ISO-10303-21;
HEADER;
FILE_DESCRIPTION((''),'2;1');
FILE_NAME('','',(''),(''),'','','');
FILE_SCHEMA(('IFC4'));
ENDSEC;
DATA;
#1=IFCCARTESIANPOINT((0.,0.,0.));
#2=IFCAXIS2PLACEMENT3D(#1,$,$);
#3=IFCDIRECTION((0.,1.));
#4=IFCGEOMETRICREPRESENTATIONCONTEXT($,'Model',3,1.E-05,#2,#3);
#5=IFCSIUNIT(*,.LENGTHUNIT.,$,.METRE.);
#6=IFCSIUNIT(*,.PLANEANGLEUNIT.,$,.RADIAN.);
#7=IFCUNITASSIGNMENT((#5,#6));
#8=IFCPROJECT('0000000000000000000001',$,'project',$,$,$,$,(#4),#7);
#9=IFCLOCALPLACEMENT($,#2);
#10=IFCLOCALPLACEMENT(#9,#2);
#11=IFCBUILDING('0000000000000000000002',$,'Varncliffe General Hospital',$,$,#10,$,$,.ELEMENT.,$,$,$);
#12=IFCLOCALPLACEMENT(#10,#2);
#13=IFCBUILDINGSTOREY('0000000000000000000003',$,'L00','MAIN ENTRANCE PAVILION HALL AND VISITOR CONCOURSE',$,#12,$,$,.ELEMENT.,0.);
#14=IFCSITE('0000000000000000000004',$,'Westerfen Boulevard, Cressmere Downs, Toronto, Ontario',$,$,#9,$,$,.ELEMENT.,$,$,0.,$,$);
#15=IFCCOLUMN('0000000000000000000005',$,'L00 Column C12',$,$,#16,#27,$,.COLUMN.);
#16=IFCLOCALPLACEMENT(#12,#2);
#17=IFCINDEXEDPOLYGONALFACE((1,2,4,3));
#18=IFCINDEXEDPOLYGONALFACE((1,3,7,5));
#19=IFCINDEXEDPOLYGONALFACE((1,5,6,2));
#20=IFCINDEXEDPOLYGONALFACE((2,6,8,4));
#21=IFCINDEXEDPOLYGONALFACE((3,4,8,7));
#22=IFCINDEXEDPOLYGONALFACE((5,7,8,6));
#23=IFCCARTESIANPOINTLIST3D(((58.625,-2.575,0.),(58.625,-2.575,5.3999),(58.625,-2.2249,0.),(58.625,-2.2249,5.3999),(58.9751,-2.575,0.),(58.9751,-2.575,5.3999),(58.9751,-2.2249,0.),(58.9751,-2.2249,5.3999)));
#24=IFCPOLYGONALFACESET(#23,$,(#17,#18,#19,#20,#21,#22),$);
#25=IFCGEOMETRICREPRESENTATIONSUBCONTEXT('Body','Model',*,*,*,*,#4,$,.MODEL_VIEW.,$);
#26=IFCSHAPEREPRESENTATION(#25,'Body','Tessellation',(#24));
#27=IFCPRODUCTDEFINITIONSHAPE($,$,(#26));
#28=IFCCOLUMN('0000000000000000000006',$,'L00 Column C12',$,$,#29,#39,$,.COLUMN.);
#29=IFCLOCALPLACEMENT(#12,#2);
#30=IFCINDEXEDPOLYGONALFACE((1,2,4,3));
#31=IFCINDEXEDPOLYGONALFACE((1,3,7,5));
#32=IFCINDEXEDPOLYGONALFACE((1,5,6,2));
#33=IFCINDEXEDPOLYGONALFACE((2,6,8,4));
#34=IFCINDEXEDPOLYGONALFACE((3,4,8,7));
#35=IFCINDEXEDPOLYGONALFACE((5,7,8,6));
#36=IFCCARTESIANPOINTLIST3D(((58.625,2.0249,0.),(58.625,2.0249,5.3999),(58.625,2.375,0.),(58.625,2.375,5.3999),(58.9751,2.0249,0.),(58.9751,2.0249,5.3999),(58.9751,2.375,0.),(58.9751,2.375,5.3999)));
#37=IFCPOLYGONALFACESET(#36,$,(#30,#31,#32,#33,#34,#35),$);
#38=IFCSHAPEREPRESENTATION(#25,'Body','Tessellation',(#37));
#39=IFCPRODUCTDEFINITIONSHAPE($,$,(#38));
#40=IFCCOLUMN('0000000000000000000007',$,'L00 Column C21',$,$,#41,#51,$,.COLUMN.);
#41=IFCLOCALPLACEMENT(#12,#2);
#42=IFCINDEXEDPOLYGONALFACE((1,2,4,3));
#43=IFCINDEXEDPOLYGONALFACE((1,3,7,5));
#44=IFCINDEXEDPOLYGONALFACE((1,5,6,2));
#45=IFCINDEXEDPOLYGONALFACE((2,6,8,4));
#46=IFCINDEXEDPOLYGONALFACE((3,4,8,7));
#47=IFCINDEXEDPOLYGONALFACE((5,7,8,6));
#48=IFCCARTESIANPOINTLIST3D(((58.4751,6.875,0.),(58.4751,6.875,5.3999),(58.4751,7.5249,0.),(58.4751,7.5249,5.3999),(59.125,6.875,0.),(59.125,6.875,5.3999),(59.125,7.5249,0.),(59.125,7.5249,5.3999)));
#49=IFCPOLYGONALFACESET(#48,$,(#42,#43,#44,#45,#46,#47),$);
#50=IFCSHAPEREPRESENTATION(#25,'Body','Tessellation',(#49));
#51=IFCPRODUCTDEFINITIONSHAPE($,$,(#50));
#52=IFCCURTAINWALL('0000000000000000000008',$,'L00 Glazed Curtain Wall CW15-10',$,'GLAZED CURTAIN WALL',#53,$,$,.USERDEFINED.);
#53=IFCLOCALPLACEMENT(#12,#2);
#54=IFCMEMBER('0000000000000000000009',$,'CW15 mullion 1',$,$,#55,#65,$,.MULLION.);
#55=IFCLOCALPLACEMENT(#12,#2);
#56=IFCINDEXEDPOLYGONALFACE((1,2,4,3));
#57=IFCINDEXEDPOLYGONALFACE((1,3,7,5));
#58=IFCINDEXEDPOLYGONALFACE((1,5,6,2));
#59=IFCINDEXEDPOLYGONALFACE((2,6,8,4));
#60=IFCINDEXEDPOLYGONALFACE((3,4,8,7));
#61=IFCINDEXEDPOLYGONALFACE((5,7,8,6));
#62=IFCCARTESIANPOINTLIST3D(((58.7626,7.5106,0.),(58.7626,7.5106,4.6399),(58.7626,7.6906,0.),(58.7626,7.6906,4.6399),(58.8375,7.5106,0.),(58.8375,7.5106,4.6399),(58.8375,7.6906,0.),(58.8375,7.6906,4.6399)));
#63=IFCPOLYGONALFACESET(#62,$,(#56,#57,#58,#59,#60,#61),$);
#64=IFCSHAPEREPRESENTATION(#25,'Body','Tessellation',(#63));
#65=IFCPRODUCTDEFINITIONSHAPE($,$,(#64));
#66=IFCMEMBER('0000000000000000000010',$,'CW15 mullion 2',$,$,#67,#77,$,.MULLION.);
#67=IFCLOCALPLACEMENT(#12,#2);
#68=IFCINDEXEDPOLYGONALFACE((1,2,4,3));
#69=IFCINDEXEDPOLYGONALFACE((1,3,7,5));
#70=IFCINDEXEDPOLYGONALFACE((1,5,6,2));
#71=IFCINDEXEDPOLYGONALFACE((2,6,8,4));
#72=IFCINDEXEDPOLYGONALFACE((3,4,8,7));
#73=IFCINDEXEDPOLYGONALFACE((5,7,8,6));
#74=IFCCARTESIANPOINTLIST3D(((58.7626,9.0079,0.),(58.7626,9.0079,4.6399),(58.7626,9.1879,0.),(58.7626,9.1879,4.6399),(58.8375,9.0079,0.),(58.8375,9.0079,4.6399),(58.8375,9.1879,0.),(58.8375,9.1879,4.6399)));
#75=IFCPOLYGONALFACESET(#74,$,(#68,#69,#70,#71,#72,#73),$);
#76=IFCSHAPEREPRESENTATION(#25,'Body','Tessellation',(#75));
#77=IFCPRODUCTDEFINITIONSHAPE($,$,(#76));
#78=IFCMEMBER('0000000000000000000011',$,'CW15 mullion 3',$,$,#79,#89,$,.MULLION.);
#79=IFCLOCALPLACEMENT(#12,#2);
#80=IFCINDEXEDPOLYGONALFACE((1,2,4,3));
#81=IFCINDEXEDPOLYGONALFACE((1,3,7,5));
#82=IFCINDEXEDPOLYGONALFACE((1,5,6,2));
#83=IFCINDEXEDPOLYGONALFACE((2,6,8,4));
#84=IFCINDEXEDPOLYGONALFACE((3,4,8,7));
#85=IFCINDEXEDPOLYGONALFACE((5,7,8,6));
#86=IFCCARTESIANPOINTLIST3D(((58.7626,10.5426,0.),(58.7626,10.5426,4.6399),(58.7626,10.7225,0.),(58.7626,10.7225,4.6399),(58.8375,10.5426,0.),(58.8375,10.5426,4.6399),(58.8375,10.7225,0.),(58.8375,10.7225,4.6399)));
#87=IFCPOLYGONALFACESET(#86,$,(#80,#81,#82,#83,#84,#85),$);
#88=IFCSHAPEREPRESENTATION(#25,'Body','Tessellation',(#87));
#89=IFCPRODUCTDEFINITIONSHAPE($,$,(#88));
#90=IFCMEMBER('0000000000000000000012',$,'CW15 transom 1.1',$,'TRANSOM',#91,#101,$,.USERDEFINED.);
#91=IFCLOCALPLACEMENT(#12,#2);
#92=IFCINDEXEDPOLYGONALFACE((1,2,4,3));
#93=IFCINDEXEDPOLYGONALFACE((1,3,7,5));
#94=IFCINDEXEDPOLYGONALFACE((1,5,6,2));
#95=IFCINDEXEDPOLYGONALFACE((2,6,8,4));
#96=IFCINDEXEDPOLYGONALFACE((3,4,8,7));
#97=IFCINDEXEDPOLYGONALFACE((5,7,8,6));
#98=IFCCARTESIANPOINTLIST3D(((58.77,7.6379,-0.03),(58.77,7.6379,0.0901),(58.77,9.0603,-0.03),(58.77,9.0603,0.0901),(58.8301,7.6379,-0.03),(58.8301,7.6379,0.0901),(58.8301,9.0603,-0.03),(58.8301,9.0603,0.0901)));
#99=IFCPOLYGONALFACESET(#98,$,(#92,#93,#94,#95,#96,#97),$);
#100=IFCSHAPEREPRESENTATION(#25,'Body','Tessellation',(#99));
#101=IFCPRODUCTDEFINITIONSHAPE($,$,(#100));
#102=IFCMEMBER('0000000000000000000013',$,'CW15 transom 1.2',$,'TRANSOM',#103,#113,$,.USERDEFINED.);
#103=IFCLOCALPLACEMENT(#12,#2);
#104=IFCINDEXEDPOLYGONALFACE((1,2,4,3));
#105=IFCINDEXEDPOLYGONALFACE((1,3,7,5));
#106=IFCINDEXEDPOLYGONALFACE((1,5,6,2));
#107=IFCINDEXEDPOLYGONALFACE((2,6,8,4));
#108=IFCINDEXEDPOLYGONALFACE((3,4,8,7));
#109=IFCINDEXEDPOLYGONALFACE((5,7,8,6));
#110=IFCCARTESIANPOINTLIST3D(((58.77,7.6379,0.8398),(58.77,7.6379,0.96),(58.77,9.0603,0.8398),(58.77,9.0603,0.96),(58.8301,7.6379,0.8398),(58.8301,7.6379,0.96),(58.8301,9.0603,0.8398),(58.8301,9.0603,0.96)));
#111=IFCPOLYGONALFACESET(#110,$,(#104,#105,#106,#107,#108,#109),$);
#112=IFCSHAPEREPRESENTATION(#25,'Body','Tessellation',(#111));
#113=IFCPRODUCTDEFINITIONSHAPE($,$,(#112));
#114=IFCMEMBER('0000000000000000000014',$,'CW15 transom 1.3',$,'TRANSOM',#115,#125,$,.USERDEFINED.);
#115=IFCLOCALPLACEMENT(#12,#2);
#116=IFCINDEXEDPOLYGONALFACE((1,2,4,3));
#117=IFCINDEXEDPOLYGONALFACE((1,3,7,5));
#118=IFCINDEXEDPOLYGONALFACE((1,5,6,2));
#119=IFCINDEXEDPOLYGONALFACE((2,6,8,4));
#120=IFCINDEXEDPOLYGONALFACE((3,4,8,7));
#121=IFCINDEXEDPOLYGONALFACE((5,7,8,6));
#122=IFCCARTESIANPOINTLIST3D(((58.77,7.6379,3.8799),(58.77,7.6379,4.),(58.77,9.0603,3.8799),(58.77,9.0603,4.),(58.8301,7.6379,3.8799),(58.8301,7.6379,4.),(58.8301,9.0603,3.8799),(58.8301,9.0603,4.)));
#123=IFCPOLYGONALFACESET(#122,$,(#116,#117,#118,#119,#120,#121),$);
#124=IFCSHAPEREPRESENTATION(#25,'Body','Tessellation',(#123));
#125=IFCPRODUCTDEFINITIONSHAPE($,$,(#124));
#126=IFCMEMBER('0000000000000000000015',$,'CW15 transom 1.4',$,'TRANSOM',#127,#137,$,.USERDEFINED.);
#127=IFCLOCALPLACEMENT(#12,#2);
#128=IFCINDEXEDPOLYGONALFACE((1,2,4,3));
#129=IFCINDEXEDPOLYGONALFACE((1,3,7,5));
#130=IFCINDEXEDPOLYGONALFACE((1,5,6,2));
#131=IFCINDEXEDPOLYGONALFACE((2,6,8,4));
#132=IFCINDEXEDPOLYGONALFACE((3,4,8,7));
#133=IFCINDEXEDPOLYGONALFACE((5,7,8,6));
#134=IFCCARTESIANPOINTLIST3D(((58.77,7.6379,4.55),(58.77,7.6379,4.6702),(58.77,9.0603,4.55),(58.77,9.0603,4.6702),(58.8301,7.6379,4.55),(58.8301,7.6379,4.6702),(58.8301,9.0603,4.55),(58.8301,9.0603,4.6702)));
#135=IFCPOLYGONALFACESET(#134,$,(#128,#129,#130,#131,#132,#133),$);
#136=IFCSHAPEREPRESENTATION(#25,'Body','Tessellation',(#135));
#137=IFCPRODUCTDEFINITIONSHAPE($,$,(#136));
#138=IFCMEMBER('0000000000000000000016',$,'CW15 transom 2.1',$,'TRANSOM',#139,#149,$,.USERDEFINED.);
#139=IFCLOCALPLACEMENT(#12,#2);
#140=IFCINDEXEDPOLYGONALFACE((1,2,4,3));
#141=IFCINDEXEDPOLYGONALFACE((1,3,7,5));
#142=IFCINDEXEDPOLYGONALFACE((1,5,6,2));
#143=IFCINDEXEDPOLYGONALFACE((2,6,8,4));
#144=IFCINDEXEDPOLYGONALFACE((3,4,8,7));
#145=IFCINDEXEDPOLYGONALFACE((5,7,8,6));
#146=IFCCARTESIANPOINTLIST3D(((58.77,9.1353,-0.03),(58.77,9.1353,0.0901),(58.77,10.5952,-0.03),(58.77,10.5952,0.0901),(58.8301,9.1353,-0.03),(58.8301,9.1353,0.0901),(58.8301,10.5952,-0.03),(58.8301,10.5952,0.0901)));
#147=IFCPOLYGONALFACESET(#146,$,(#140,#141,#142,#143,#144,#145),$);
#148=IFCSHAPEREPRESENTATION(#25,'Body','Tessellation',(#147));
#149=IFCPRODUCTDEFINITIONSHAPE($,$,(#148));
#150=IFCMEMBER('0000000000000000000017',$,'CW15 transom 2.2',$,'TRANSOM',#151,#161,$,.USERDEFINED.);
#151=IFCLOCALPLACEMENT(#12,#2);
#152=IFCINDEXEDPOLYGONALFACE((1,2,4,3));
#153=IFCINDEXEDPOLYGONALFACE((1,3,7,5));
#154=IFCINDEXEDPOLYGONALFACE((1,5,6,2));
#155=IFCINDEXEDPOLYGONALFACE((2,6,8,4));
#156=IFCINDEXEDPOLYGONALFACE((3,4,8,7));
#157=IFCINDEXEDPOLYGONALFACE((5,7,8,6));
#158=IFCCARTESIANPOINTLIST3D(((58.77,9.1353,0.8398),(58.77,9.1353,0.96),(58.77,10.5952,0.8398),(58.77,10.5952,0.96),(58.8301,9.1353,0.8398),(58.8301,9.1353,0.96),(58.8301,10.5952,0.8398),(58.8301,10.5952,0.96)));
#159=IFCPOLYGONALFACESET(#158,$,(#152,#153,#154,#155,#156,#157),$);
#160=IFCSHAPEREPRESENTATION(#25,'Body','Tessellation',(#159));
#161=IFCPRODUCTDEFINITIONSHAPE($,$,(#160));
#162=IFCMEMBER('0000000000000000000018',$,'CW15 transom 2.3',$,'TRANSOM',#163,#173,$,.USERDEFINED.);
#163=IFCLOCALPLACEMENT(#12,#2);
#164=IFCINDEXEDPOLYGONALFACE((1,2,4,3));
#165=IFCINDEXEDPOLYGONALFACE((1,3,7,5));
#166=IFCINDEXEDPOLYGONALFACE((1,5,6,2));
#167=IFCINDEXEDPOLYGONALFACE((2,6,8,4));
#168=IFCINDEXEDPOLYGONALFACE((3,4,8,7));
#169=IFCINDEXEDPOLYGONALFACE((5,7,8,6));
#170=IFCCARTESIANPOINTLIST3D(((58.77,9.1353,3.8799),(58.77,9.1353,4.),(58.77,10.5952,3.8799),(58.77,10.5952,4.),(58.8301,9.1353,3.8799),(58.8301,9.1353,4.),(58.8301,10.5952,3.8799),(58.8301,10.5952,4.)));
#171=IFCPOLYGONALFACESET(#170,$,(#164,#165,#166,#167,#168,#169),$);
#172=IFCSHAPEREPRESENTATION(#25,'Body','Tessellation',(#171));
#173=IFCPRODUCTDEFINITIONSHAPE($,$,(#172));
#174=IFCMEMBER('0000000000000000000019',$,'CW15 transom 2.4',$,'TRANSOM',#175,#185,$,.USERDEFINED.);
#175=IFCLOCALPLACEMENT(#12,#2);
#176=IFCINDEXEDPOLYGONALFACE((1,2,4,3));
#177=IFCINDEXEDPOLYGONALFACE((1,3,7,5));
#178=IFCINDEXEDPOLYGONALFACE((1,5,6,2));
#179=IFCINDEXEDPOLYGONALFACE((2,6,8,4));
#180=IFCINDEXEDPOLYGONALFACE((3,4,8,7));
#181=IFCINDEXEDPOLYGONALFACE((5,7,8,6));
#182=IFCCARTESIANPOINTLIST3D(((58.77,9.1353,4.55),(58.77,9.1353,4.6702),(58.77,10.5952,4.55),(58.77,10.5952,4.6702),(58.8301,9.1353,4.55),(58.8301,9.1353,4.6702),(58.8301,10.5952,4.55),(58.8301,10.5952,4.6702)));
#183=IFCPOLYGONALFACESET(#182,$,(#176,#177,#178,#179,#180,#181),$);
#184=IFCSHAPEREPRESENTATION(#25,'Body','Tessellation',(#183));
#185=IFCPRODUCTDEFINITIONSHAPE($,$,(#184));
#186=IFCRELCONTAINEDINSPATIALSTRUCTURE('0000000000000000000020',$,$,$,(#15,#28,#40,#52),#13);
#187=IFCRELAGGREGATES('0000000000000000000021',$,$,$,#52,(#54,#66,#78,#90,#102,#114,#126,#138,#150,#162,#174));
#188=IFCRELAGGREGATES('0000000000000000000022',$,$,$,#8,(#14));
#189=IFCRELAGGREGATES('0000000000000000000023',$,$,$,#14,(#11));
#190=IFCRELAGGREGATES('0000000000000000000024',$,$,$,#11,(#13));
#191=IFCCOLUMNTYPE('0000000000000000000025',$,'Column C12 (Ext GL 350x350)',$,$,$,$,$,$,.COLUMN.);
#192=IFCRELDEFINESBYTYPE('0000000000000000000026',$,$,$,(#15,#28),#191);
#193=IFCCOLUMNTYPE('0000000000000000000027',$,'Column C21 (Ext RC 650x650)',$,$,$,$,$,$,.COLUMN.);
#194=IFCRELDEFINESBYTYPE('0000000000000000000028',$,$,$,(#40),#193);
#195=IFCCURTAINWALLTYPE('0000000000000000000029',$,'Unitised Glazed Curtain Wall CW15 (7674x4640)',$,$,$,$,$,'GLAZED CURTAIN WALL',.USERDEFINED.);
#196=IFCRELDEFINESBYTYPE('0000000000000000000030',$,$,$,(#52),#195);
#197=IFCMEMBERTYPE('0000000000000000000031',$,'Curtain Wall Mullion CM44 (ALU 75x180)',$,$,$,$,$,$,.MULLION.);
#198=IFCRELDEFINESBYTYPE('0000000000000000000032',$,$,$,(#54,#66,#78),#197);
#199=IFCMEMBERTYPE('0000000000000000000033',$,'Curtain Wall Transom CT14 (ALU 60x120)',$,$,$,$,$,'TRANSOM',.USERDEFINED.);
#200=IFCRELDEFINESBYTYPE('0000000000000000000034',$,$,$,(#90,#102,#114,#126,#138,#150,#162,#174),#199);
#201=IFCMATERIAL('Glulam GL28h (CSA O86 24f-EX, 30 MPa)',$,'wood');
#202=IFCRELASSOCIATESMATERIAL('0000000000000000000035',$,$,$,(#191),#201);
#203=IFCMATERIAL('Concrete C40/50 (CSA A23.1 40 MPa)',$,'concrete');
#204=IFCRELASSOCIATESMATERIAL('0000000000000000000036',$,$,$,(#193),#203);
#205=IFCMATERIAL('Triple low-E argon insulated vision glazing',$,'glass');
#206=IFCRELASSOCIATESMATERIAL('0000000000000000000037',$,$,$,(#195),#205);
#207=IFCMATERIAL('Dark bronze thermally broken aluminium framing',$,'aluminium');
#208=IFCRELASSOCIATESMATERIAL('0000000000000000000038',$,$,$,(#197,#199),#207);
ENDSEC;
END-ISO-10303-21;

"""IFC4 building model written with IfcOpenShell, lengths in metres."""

from ifc_helpers import new_model, si_unit, direction, frame, origin, origin_2d, place, context, subcontext, project, spatial, rectangle, extrude, material, material_profile, profile_set, type_object, element, aggregate, save


model = new_model("IFC4")

# Units and contexts
model_context = context("Model", 3, precision=1e-05, world=origin(), true_north=direction((0.0, 1.0)))
body_context = subcontext(model_context, "Body", "Model", "MODEL_VIEW")
ifc_project = project(units=[si_unit("LENGTHUNIT", "METRE"), si_unit("PLANEANGLEUNIT", "RADIAN")], contexts=[model_context])

# Site, building, storey
site_placement = place(None, origin())
site = spatial("IfcSite", under=ifc_project, at=site_placement, Name="Westerfen Boulevard, Cressmere Downs, Toronto, Ontario", CompositionType="ELEMENT", RefElevation=0.0)
building_placement = place(site_placement, origin())
building = spatial("IfcBuilding", under=site, at=building_placement, Name="Varncliffe General Hospital", CompositionType="ELEMENT")
storey_placement = place(building_placement, origin())
storey = spatial("IfcBuildingStorey", under=building, at=storey_placement, Name="L00", Description="MAIN ENTRANCE PAVILION HALL AND VISITOR CONCOURSE", CompositionType="ELEMENT", Elevation=0.0)

# Columns
ifc_material_1 = material(Name="Glulam GL28h (CSA O86 24f-EX, 30 MPa)", Category="wood")
ifc_material_profile_1 = material_profile(ifc_material_1, rectangle(XDim=0.3501, YDim=0.3501, at=origin_2d()), Name="GL 350x350")
ifc_profile_set_1 = profile_set([ifc_material_profile_1], Name="Glulam GL28h (CSA O86 24f-EX, 30 MPa)")
column_type_1 = type_object("IfcColumnType", Name="Column C12 (Ext GL 350x350)", PredefinedType="COLUMN", material=ifc_profile_set_1)
for number, where, z_axis, x_axis, name in (
    (1, (58.8, -2.3999, 0.0), (0.0, 0.0, 1.0), (1.0, 0.0, 0.0), "L00 Column C12"),
    (2, (58.8, 2.2, 0.0), (0.0, 0.0, 1.0), (1.0, 0.0, 0.0), "L00 Column C12"),
):
    element("IfcColumn", number, at=place(storey_placement, frame(where, z_axis=z_axis, x_axis=x_axis)), inside=storey, type_object=column_type_1, Name=name, PredefinedType="COLUMN", context=body_context, shape_type="SweptSolid", body=[
        extrude(rectangle(XDim=0.3501, YDim=0.3501, at=origin_2d()), origin(), (0.0, 0.0, 1.0), 5.3999),
    ])
ifc_material_2 = material(Name="Concrete C40/50 (CSA A23.1 40 MPa)", Category="concrete")
ifc_material_profile_2 = material_profile(ifc_material_2, rectangle(XDim=0.6499, YDim=0.6499, at=origin_2d()), Name="RC 650x650")
ifc_profile_set_2 = profile_set([ifc_material_profile_2], Name="Concrete C40/50 (CSA A23.1 40 MPa)")
column_type_2 = type_object("IfcColumnType", Name="Column C21 (Ext RC 650x650)", PredefinedType="COLUMN", material=ifc_profile_set_2)
column_placement = place(storey_placement, frame((58.8, 7.2, 0.0), z_axis=(0.0, 0.0, 1.0), x_axis=(1.0, 0.0, 0.0)))
element("IfcColumn", 3, at=column_placement, inside=storey, type_object=column_type_2, Name="L00 Column C21", PredefinedType="COLUMN", context=body_context, shape_type="SweptSolid", body=[
    extrude(rectangle(XDim=0.6499, YDim=0.6499, at=origin_2d()), origin(), (0.0, 0.0, 1.0), 5.3999),
])

# Curtain wall, members
ifc_material_3 = material(Name="Triple low-E argon insulated vision glazing", Category="glass")
curtain_wall_type = type_object("IfcCurtainWallType", Name="Unitised Glazed Curtain Wall CW15 (7674x4640)", ElementType="GLAZED CURTAIN WALL", PredefinedType="USERDEFINED", material=ifc_material_3)
curtain_wall_placement = place(storey_placement, origin())
curtain_wall = element("IfcCurtainWall", 4, at=curtain_wall_placement, inside=storey, type_object=curtain_wall_type, Name="L00 Glazed Curtain Wall CW15-10", ObjectType="GLAZED CURTAIN WALL", PredefinedType="USERDEFINED")
ifc_material_4 = material(Name="Dark bronze thermally broken aluminium framing", Category="aluminium")
ifc_material_profile_3 = material_profile(ifc_material_4, rectangle(XDim=0.075, YDim=0.1799, at=origin_2d()), Name="ALU 75x180")
ifc_profile_set_3 = profile_set([ifc_material_profile_3], Name="Dark bronze thermally broken aluminium framing")
member_type_1 = type_object("IfcMemberType", Name="Curtain Wall Mullion CM44 (ALU 75x180)", PredefinedType="MULLION", material=ifc_profile_set_3)
member_1_placement = place(storey_placement, frame((58.8, 7.6006, 0.0), z_axis=(0.0, 0.0, 1.0), x_axis=(-1.0, 0.0, 0.0)))
member_1 = element("IfcMember", 5, at=member_1_placement, type_object=member_type_1, Name="CW15 mullion 1", PredefinedType="MULLION", context=body_context, shape_type="SweptSolid", body=[
    extrude(rectangle(XDim=0.075, YDim=0.1799, at=origin_2d()), origin(), (0.0, 0.0, 1.0), 4.6399),
])
member_2_placement = place(storey_placement, frame((58.8, 9.0979, 0.0), z_axis=(0.0, 0.0, 1.0), x_axis=(-1.0, 0.0, 0.0)))
member_2 = element("IfcMember", 6, at=member_2_placement, type_object=member_type_1, Name="CW15 mullion 2", PredefinedType="MULLION", context=body_context, shape_type="SweptSolid", body=[
    extrude(rectangle(XDim=0.075, YDim=0.1799, at=origin_2d()), origin(), (0.0, 0.0, 1.0), 4.6399),
])
member_3_placement = place(storey_placement, frame((58.8, 10.6326, 0.0), z_axis=(0.0, 0.0, 1.0), x_axis=(-1.0, 0.0, 0.0)))
member_3 = element("IfcMember", 7, at=member_3_placement, type_object=member_type_1, Name="CW15 mullion 3", PredefinedType="MULLION", context=body_context, shape_type="SweptSolid", body=[
    extrude(rectangle(XDim=0.075, YDim=0.1799, at=origin_2d()), origin(), (0.0, 0.0, 1.0), 4.6399),
])
ifc_material_profile_4 = material_profile(ifc_material_4, rectangle(XDim=0.0601, YDim=0.1201, at=origin_2d()), Name="ALU 60x120")
ifc_profile_set_4 = profile_set([ifc_material_profile_4], Name="Dark bronze thermally broken aluminium framing")
member_type_2 = type_object("IfcMemberType", Name="Curtain Wall Transom CT14 (ALU 60x120)", ElementType="TRANSOM", PredefinedType="USERDEFINED", material=ifc_profile_set_4)
member_4_placement = place(storey_placement, frame((58.8, 7.6379, 0.03), z_axis=(0.0, 1.0, 0.0), x_axis=(-1.0, 0.0, 0.0)))
member_4 = element("IfcMember", 8, at=member_4_placement, type_object=member_type_2, Name="CW15 transom 1.1", ObjectType="TRANSOM", PredefinedType="USERDEFINED", context=body_context, shape_type="SweptSolid", body=[
    extrude(rectangle(XDim=0.0601, YDim=0.1201, at=origin_2d()), origin(), (0.0, 0.0, 1.0), 1.4224),
])
member_5_placement = place(storey_placement, frame((58.8, 7.6379, 0.8999), z_axis=(0.0, 1.0, 0.0), x_axis=(-1.0, 0.0, 0.0)))
member_5 = element("IfcMember", 9, at=member_5_placement, type_object=member_type_2, Name="CW15 transom 1.2", ObjectType="TRANSOM", PredefinedType="USERDEFINED", context=body_context, shape_type="SweptSolid", body=[
    extrude(rectangle(XDim=0.0601, YDim=0.1201, at=origin_2d()), origin(), (0.0, 0.0, 1.0), 1.4224),
])
member_6_placement = place(storey_placement, frame((58.8, 7.6379, 3.9399), z_axis=(0.0, 1.0, 0.0), x_axis=(-1.0, 0.0, 0.0)))
member_6 = element("IfcMember", 10, at=member_6_placement, type_object=member_type_2, Name="CW15 transom 1.3", ObjectType="TRANSOM", PredefinedType="USERDEFINED", context=body_context, shape_type="SweptSolid", body=[
    extrude(rectangle(XDim=0.0601, YDim=0.1201, at=origin_2d()), origin(), (0.0, 0.0, 1.0), 1.4224),
])
member_7_placement = place(storey_placement, frame((58.8, 7.6379, 4.6101), z_axis=(0.0, 1.0, 0.0), x_axis=(-1.0, 0.0, 0.0)))
member_7 = element("IfcMember", 11, at=member_7_placement, type_object=member_type_2, Name="CW15 transom 1.4", ObjectType="TRANSOM", PredefinedType="USERDEFINED", context=body_context, shape_type="SweptSolid", body=[
    extrude(rectangle(XDim=0.0601, YDim=0.1201, at=origin_2d()), origin(), (0.0, 0.0, 1.0), 1.4224),
])
member_8_placement = place(storey_placement, frame((58.8, 9.1353, 0.03), z_axis=(0.0, 1.0, 0.0), x_axis=(-1.0, 0.0, 0.0)))
member_8 = element("IfcMember", 12, at=member_8_placement, type_object=member_type_2, Name="CW15 transom 2.1", ObjectType="TRANSOM", PredefinedType="USERDEFINED", context=body_context, shape_type="SweptSolid", body=[
    extrude(rectangle(XDim=0.0601, YDim=0.1201, at=origin_2d()), origin(), (0.0, 0.0, 1.0), 1.46),
])
member_9_placement = place(storey_placement, frame((58.8, 9.1353, 0.8999), z_axis=(0.0, 1.0, 0.0), x_axis=(-1.0, 0.0, 0.0)))
member_9 = element("IfcMember", 13, at=member_9_placement, type_object=member_type_2, Name="CW15 transom 2.2", ObjectType="TRANSOM", PredefinedType="USERDEFINED", context=body_context, shape_type="SweptSolid", body=[
    extrude(rectangle(XDim=0.0601, YDim=0.1201, at=origin_2d()), origin(), (0.0, 0.0, 1.0), 1.46),
])
member_10_placement = place(storey_placement, frame((58.8, 9.1353, 3.9399), z_axis=(0.0, 1.0, 0.0), x_axis=(-1.0, 0.0, 0.0)))
member_10 = element("IfcMember", 14, at=member_10_placement, type_object=member_type_2, Name="CW15 transom 2.3", ObjectType="TRANSOM", PredefinedType="USERDEFINED", context=body_context, shape_type="SweptSolid", body=[
    extrude(rectangle(XDim=0.0601, YDim=0.1201, at=origin_2d()), origin(), (0.0, 0.0, 1.0), 1.46),
])
member_11_placement = place(storey_placement, frame((58.8, 9.1353, 4.6101), z_axis=(0.0, 1.0, 0.0), x_axis=(-1.0, 0.0, 0.0)))
member_11 = element("IfcMember", 15, at=member_11_placement, type_object=member_type_2, Name="CW15 transom 2.4", ObjectType="TRANSOM", PredefinedType="USERDEFINED", context=body_context, shape_type="SweptSolid", body=[
    extrude(rectangle(XDim=0.0601, YDim=0.1201, at=origin_2d()), origin(), (0.0, 0.0, 1.0), 1.46),
])

aggregate(curtain_wall, [member_1, member_2, member_3, member_4, member_5, member_6, member_7, member_8, member_9, member_10, member_11])

save(model, "model.ifc")
